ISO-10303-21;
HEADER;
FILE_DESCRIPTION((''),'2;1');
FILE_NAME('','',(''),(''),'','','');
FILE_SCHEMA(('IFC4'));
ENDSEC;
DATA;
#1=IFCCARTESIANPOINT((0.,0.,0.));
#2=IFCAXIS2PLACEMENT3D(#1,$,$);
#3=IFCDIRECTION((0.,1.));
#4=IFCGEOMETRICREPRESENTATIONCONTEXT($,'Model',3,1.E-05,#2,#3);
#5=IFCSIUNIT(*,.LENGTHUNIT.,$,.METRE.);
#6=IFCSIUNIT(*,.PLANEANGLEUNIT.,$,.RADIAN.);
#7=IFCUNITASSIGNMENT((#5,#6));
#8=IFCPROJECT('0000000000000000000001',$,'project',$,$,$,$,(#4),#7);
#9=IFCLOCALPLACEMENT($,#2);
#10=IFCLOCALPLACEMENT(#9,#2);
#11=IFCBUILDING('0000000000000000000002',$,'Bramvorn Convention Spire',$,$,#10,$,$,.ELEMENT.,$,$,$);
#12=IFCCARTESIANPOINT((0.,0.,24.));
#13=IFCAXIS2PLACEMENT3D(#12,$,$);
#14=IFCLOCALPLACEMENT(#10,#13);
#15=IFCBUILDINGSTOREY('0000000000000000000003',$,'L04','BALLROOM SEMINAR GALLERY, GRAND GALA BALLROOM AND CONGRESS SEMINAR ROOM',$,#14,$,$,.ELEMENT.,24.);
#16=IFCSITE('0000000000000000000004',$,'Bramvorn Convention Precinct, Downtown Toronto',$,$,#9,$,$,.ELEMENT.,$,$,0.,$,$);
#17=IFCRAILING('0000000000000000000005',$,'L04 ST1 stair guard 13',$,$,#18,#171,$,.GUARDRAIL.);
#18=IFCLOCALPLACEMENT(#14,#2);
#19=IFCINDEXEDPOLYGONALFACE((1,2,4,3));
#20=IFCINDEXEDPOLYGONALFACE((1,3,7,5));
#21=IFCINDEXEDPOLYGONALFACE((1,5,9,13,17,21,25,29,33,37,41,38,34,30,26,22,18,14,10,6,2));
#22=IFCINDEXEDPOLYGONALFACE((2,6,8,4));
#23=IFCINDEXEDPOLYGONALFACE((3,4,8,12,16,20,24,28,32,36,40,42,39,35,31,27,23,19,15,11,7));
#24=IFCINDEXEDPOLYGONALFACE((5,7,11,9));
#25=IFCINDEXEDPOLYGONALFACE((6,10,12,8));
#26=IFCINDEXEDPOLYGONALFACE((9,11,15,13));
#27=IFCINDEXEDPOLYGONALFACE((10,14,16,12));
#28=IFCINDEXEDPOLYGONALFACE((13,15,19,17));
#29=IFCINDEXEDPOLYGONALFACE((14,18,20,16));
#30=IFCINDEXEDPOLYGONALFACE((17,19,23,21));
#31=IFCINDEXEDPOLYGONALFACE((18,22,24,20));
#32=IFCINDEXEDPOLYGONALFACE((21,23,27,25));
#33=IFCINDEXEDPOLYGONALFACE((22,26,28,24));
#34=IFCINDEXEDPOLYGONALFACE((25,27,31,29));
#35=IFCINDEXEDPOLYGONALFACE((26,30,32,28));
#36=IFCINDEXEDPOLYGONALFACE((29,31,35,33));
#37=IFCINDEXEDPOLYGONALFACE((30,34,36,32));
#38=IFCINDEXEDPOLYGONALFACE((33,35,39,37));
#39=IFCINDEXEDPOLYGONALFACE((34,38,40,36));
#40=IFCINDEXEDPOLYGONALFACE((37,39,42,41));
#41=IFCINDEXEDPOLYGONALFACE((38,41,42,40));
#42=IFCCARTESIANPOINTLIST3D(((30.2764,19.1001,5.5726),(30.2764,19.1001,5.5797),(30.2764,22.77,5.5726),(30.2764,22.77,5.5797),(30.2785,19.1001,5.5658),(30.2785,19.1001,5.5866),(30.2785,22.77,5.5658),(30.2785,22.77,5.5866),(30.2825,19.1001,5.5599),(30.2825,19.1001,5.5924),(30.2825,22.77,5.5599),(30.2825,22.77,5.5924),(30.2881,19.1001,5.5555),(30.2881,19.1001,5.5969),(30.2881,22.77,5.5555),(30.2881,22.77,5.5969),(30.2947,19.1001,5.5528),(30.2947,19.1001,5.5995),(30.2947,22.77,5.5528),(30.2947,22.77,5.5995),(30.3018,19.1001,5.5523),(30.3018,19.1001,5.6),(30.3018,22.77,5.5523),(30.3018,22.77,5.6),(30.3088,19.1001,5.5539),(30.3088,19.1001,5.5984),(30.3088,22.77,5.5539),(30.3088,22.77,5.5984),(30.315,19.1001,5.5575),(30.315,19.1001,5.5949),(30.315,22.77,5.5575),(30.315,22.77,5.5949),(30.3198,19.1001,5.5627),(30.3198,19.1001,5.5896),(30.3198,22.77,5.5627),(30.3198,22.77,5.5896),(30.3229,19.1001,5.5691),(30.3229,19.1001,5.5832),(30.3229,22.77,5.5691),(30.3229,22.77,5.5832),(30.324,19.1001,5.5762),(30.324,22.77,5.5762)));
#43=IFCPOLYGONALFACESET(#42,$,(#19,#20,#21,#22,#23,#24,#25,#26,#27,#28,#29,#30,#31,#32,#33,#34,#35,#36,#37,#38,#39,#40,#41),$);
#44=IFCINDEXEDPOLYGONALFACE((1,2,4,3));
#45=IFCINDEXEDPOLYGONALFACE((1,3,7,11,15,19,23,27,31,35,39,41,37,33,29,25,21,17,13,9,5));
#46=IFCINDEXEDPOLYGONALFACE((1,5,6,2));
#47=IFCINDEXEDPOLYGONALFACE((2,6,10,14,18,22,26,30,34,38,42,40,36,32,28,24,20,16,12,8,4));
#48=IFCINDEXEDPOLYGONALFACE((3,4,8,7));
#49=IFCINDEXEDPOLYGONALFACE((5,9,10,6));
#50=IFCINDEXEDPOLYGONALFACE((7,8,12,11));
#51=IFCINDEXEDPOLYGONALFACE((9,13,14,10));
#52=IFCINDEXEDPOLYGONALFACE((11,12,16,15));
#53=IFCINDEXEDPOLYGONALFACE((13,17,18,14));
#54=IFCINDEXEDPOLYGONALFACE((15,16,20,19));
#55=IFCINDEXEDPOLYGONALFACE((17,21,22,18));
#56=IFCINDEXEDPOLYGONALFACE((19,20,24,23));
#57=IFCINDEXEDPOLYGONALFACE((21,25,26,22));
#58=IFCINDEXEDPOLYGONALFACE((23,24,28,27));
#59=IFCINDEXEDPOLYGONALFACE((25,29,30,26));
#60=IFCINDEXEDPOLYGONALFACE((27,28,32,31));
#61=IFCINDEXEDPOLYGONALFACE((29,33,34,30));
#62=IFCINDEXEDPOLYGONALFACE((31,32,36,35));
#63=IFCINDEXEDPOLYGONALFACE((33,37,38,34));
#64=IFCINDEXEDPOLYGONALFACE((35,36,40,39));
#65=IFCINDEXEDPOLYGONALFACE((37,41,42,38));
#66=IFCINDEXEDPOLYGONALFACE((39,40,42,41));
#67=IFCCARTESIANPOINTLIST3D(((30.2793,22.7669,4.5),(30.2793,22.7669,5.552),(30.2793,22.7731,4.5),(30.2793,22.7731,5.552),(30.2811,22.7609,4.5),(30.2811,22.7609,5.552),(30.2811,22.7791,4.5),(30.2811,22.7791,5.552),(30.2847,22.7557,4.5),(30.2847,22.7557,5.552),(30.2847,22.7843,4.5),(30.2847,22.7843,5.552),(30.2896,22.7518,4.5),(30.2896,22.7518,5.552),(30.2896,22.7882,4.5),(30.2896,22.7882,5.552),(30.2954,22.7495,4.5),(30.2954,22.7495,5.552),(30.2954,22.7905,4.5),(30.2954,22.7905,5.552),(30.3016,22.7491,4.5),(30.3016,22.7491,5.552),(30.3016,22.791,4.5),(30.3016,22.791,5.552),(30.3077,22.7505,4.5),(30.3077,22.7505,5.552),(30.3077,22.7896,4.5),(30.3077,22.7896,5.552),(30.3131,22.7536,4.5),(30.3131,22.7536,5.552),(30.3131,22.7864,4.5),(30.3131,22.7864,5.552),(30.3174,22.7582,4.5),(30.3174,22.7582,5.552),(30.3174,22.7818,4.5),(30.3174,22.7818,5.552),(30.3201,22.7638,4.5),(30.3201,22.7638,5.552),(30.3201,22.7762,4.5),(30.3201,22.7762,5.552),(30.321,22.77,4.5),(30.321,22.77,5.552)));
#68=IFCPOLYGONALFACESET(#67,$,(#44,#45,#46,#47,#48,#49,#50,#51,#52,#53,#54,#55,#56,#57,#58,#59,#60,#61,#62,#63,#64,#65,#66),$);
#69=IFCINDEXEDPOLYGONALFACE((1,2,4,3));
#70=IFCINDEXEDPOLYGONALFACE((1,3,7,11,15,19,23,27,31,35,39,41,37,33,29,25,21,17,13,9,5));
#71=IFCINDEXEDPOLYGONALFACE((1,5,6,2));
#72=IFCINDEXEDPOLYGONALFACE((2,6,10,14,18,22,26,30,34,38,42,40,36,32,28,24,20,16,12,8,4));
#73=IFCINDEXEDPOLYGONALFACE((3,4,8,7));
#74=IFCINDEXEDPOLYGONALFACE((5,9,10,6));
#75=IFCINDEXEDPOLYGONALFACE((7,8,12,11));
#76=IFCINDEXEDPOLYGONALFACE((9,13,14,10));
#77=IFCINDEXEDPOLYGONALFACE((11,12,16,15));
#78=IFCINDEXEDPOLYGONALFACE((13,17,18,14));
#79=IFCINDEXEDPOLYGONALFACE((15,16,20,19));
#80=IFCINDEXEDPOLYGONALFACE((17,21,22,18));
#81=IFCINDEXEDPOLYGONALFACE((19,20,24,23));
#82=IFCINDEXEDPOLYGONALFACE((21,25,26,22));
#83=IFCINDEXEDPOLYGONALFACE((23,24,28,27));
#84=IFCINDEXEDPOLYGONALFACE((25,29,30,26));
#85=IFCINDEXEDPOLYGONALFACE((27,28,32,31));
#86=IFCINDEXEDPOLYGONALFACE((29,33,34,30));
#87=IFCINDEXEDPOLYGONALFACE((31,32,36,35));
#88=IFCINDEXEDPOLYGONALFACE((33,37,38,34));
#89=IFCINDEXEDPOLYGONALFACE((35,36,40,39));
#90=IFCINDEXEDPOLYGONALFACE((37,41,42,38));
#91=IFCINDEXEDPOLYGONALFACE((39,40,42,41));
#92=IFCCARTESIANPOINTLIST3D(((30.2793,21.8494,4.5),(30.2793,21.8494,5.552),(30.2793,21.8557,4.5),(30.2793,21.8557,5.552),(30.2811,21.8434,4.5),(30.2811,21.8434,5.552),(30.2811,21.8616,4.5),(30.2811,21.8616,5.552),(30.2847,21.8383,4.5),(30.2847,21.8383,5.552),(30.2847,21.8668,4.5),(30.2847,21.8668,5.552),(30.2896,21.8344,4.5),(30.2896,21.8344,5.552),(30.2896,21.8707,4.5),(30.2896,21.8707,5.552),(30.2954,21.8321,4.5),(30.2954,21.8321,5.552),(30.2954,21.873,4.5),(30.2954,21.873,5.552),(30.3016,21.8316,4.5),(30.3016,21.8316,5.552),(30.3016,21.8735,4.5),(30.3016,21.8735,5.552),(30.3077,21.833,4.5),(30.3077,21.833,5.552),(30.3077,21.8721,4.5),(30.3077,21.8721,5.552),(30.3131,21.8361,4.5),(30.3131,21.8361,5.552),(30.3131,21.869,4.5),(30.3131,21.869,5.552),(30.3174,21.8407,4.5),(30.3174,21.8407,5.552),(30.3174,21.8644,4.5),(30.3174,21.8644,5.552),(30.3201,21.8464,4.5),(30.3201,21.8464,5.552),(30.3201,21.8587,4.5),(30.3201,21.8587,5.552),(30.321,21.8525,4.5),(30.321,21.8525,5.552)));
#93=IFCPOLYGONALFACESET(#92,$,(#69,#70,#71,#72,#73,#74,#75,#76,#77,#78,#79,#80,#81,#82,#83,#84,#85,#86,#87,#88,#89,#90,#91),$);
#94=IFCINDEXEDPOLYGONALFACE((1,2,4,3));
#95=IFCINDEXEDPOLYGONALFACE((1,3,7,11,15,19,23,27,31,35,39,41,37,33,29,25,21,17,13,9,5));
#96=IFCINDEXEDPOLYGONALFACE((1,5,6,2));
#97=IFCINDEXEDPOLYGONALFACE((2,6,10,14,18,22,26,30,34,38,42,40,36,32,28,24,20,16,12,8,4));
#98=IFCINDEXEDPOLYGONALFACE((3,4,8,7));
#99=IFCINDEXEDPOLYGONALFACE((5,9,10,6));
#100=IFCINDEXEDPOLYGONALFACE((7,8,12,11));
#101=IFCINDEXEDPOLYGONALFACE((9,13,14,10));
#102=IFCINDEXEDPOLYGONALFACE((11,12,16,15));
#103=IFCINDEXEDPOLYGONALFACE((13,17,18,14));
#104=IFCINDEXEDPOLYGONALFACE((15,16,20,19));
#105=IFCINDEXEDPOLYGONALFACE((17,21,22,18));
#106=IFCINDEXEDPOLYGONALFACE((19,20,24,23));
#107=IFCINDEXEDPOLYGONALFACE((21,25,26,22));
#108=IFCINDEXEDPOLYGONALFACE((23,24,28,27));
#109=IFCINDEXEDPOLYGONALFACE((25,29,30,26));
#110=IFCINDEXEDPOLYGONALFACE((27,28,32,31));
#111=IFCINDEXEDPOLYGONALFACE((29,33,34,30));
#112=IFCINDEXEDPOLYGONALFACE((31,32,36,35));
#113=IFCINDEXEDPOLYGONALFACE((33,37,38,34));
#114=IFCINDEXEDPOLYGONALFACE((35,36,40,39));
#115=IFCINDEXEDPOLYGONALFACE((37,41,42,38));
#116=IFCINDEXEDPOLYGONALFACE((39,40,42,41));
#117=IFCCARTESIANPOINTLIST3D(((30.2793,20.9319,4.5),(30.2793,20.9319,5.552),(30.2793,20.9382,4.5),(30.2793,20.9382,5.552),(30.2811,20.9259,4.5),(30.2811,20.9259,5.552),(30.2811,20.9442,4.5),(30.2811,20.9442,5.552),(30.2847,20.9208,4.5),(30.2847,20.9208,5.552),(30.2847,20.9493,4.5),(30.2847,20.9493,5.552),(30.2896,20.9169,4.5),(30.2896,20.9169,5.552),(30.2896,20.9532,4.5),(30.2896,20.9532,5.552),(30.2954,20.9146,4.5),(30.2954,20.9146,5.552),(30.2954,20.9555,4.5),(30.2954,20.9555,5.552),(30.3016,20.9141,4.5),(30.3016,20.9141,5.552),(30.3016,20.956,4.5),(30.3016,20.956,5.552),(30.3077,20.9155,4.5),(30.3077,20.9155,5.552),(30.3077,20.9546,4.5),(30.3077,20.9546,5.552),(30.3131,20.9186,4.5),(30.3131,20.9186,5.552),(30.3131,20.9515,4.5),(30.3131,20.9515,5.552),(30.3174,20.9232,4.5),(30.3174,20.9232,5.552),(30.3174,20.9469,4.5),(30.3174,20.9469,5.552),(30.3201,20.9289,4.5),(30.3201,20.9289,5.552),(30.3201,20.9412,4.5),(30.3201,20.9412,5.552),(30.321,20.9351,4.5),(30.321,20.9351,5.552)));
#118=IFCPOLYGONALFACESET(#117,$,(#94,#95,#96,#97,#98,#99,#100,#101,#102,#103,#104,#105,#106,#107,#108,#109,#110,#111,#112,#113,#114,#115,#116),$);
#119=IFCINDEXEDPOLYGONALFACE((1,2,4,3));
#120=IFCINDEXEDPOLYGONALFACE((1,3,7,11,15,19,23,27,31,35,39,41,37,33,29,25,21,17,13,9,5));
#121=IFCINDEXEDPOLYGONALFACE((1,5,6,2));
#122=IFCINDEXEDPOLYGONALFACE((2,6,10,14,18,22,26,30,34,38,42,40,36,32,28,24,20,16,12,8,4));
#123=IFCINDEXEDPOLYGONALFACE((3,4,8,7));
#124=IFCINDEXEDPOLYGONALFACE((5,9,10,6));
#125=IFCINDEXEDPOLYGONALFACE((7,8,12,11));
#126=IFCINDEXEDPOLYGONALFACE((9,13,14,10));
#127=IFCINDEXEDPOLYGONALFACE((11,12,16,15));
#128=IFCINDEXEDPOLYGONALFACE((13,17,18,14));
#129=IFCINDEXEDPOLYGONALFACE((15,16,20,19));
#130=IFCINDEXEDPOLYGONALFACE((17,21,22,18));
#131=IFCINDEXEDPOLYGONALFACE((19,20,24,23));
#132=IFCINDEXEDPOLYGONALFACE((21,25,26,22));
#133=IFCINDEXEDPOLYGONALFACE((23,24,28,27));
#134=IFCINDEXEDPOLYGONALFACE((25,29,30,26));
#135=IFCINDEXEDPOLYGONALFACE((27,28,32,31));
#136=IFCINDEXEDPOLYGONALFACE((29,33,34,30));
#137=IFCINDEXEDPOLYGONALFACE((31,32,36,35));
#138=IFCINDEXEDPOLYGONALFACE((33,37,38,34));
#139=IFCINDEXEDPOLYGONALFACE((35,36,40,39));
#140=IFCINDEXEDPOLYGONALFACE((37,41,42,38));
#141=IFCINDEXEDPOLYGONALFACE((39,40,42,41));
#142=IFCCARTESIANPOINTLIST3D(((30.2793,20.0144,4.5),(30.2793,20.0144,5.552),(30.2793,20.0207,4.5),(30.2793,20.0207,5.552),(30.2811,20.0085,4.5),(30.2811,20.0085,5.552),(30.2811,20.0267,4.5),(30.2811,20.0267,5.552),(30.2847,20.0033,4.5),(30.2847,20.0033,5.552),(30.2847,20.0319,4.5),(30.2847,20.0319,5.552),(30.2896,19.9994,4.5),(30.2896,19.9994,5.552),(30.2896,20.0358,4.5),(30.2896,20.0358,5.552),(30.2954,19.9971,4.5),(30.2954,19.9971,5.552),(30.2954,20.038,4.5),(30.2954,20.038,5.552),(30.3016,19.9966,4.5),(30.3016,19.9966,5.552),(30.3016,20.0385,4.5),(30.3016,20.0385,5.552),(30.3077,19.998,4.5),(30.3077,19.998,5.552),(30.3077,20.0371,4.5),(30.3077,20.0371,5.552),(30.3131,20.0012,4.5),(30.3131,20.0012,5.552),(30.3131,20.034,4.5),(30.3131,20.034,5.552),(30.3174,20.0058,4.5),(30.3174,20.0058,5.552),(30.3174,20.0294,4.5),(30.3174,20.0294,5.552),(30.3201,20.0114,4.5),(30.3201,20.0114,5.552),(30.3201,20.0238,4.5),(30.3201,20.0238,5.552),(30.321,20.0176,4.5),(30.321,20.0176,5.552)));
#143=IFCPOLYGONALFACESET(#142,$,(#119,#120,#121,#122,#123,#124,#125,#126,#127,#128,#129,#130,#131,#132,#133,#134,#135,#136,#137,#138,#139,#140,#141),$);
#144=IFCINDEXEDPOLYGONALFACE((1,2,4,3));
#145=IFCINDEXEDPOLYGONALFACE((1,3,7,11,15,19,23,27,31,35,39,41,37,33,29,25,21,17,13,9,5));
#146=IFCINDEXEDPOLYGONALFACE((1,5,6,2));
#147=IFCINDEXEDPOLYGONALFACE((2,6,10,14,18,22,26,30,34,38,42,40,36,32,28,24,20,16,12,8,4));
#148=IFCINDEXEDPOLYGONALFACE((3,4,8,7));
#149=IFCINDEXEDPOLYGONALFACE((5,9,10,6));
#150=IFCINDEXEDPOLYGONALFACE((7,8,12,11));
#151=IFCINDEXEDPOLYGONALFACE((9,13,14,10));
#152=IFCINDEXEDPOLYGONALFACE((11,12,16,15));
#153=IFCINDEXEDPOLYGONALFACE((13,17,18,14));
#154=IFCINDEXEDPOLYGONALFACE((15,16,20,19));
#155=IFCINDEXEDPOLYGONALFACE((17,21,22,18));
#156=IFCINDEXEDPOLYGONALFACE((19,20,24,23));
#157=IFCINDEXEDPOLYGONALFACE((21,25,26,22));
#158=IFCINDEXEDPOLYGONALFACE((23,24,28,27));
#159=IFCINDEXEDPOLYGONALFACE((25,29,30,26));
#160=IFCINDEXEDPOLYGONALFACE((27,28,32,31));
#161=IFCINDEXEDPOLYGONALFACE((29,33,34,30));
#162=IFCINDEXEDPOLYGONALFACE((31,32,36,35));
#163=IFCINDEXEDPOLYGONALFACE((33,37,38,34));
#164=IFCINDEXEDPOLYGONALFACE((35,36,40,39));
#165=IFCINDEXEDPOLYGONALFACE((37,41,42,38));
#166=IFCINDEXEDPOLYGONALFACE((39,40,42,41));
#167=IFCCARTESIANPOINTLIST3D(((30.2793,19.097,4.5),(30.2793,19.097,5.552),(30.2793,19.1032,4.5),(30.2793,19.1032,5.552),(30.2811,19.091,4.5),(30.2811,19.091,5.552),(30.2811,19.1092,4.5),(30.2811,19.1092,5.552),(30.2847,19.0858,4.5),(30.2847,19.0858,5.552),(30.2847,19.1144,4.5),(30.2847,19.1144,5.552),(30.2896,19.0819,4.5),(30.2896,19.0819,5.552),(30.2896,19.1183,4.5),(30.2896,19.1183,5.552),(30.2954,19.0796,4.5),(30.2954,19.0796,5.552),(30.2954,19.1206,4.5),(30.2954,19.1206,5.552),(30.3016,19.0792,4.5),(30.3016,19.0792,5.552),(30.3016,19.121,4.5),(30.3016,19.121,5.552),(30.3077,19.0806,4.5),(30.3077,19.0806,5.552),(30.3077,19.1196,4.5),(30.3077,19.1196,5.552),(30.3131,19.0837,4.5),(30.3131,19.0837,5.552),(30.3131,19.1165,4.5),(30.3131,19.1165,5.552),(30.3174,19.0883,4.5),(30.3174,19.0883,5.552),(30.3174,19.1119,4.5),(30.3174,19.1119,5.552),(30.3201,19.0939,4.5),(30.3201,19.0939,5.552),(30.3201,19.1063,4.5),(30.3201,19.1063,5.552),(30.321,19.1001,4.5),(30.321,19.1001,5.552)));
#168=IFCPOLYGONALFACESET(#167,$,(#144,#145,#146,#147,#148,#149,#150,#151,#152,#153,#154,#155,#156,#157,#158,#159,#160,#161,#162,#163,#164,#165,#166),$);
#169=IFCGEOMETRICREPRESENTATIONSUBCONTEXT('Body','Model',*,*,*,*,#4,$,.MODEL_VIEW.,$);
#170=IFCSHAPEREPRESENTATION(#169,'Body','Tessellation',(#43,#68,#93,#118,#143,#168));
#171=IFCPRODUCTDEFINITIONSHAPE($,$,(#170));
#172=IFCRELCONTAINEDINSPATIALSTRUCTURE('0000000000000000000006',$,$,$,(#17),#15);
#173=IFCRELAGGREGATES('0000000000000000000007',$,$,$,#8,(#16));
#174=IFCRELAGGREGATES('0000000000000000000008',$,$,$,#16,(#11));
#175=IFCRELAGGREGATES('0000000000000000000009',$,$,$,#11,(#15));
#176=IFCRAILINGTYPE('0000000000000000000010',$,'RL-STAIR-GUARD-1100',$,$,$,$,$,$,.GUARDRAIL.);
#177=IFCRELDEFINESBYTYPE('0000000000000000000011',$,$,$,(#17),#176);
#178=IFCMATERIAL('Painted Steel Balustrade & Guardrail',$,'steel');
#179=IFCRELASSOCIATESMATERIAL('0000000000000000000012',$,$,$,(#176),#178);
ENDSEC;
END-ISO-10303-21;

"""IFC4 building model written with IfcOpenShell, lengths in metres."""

from ifc_helpers import new_model, si_unit, direction, frame, origin, origin_2d, place, context, subcontext, project, spatial, circle, extrude, material, type_object, element, save


model = new_model("IFC4")

# Units and contexts
model_context = context("Model", 3, precision=1e-05, world=origin(), true_north=direction((0.0, 1.0)))
body_context = subcontext(model_context, "Body", "Model", "MODEL_VIEW")
ifc_project = project(units=[si_unit("LENGTHUNIT", "METRE"), si_unit("PLANEANGLEUNIT", "RADIAN")], contexts=[model_context])

# Site, building, storey
site_placement = place(None, origin())
site = spatial("IfcSite", under=ifc_project, at=site_placement, Name="Bramvorn Convention Precinct, Downtown Toronto", CompositionType="ELEMENT", RefElevation=0.0)
building_placement = place(site_placement, origin())
building = spatial("IfcBuilding", under=site, at=building_placement, Name="Bramvorn Convention Spire", CompositionType="ELEMENT")
storey_placement = place(building_placement, frame((0.0, 0.0, 24.0)))
storey = spatial("IfcBuildingStorey", under=building, at=storey_placement, Name="L04", Description="BALLROOM SEMINAR GALLERY, GRAND GALA BALLROOM AND CONGRESS SEMINAR ROOM", CompositionType="ELEMENT", Elevation=24.0)

# Railing
ifc_material_1 = material(Name="Painted Steel Balustrade & Guardrail", Category="steel")
railing_type = type_object("IfcRailingType", Name="RL-STAIR-GUARD-1100", PredefinedType="GUARDRAIL", material=ifc_material_1)
for number, where, name in (
    (1, (30.3, 22.77, 4.5), "L04 ST1 stair guard 13"),
):
    element("IfcRailing", number, at=place(storey_placement, frame(where)), inside=storey, type_object=railing_type, Name=name, PredefinedType="GUARDRAIL", context=body_context, shape_type="SweptSolid", body=[
        extrude(circle(Radius=0.0239, at=origin_2d()), frame((0.0, 0.0, 1.0762), z_axis=(0.0, -1.0, 0.0), x_axis=(1.0, 0.0, 0.0)), (0.0, 0.0, 1.0), 3.6699),
        extrude(circle(Radius=0.021, at=origin_2d()), origin(), (0.0, 0.0, 1.0), 1.052),
        extrude(circle(Radius=0.021, at=origin_2d()), frame((0.0, -0.9175, 0.0)), (0.0, 0.0, 1.0), 1.052),
        extrude(circle(Radius=0.021, at=origin_2d()), frame((0.0, -1.835, 0.0)), (0.0, 0.0, 1.0), 1.052),
        extrude(circle(Radius=0.021, at=origin_2d()), frame((0.0, -2.7524, 0.0)), (0.0, 0.0, 1.0), 1.052),
        extrude(circle(Radius=0.021, at=origin_2d()), frame((0.0, -3.6699, 0.0)), (0.0, 0.0, 1.0), 1.052),
    ])

save(model, "model.ifc")
